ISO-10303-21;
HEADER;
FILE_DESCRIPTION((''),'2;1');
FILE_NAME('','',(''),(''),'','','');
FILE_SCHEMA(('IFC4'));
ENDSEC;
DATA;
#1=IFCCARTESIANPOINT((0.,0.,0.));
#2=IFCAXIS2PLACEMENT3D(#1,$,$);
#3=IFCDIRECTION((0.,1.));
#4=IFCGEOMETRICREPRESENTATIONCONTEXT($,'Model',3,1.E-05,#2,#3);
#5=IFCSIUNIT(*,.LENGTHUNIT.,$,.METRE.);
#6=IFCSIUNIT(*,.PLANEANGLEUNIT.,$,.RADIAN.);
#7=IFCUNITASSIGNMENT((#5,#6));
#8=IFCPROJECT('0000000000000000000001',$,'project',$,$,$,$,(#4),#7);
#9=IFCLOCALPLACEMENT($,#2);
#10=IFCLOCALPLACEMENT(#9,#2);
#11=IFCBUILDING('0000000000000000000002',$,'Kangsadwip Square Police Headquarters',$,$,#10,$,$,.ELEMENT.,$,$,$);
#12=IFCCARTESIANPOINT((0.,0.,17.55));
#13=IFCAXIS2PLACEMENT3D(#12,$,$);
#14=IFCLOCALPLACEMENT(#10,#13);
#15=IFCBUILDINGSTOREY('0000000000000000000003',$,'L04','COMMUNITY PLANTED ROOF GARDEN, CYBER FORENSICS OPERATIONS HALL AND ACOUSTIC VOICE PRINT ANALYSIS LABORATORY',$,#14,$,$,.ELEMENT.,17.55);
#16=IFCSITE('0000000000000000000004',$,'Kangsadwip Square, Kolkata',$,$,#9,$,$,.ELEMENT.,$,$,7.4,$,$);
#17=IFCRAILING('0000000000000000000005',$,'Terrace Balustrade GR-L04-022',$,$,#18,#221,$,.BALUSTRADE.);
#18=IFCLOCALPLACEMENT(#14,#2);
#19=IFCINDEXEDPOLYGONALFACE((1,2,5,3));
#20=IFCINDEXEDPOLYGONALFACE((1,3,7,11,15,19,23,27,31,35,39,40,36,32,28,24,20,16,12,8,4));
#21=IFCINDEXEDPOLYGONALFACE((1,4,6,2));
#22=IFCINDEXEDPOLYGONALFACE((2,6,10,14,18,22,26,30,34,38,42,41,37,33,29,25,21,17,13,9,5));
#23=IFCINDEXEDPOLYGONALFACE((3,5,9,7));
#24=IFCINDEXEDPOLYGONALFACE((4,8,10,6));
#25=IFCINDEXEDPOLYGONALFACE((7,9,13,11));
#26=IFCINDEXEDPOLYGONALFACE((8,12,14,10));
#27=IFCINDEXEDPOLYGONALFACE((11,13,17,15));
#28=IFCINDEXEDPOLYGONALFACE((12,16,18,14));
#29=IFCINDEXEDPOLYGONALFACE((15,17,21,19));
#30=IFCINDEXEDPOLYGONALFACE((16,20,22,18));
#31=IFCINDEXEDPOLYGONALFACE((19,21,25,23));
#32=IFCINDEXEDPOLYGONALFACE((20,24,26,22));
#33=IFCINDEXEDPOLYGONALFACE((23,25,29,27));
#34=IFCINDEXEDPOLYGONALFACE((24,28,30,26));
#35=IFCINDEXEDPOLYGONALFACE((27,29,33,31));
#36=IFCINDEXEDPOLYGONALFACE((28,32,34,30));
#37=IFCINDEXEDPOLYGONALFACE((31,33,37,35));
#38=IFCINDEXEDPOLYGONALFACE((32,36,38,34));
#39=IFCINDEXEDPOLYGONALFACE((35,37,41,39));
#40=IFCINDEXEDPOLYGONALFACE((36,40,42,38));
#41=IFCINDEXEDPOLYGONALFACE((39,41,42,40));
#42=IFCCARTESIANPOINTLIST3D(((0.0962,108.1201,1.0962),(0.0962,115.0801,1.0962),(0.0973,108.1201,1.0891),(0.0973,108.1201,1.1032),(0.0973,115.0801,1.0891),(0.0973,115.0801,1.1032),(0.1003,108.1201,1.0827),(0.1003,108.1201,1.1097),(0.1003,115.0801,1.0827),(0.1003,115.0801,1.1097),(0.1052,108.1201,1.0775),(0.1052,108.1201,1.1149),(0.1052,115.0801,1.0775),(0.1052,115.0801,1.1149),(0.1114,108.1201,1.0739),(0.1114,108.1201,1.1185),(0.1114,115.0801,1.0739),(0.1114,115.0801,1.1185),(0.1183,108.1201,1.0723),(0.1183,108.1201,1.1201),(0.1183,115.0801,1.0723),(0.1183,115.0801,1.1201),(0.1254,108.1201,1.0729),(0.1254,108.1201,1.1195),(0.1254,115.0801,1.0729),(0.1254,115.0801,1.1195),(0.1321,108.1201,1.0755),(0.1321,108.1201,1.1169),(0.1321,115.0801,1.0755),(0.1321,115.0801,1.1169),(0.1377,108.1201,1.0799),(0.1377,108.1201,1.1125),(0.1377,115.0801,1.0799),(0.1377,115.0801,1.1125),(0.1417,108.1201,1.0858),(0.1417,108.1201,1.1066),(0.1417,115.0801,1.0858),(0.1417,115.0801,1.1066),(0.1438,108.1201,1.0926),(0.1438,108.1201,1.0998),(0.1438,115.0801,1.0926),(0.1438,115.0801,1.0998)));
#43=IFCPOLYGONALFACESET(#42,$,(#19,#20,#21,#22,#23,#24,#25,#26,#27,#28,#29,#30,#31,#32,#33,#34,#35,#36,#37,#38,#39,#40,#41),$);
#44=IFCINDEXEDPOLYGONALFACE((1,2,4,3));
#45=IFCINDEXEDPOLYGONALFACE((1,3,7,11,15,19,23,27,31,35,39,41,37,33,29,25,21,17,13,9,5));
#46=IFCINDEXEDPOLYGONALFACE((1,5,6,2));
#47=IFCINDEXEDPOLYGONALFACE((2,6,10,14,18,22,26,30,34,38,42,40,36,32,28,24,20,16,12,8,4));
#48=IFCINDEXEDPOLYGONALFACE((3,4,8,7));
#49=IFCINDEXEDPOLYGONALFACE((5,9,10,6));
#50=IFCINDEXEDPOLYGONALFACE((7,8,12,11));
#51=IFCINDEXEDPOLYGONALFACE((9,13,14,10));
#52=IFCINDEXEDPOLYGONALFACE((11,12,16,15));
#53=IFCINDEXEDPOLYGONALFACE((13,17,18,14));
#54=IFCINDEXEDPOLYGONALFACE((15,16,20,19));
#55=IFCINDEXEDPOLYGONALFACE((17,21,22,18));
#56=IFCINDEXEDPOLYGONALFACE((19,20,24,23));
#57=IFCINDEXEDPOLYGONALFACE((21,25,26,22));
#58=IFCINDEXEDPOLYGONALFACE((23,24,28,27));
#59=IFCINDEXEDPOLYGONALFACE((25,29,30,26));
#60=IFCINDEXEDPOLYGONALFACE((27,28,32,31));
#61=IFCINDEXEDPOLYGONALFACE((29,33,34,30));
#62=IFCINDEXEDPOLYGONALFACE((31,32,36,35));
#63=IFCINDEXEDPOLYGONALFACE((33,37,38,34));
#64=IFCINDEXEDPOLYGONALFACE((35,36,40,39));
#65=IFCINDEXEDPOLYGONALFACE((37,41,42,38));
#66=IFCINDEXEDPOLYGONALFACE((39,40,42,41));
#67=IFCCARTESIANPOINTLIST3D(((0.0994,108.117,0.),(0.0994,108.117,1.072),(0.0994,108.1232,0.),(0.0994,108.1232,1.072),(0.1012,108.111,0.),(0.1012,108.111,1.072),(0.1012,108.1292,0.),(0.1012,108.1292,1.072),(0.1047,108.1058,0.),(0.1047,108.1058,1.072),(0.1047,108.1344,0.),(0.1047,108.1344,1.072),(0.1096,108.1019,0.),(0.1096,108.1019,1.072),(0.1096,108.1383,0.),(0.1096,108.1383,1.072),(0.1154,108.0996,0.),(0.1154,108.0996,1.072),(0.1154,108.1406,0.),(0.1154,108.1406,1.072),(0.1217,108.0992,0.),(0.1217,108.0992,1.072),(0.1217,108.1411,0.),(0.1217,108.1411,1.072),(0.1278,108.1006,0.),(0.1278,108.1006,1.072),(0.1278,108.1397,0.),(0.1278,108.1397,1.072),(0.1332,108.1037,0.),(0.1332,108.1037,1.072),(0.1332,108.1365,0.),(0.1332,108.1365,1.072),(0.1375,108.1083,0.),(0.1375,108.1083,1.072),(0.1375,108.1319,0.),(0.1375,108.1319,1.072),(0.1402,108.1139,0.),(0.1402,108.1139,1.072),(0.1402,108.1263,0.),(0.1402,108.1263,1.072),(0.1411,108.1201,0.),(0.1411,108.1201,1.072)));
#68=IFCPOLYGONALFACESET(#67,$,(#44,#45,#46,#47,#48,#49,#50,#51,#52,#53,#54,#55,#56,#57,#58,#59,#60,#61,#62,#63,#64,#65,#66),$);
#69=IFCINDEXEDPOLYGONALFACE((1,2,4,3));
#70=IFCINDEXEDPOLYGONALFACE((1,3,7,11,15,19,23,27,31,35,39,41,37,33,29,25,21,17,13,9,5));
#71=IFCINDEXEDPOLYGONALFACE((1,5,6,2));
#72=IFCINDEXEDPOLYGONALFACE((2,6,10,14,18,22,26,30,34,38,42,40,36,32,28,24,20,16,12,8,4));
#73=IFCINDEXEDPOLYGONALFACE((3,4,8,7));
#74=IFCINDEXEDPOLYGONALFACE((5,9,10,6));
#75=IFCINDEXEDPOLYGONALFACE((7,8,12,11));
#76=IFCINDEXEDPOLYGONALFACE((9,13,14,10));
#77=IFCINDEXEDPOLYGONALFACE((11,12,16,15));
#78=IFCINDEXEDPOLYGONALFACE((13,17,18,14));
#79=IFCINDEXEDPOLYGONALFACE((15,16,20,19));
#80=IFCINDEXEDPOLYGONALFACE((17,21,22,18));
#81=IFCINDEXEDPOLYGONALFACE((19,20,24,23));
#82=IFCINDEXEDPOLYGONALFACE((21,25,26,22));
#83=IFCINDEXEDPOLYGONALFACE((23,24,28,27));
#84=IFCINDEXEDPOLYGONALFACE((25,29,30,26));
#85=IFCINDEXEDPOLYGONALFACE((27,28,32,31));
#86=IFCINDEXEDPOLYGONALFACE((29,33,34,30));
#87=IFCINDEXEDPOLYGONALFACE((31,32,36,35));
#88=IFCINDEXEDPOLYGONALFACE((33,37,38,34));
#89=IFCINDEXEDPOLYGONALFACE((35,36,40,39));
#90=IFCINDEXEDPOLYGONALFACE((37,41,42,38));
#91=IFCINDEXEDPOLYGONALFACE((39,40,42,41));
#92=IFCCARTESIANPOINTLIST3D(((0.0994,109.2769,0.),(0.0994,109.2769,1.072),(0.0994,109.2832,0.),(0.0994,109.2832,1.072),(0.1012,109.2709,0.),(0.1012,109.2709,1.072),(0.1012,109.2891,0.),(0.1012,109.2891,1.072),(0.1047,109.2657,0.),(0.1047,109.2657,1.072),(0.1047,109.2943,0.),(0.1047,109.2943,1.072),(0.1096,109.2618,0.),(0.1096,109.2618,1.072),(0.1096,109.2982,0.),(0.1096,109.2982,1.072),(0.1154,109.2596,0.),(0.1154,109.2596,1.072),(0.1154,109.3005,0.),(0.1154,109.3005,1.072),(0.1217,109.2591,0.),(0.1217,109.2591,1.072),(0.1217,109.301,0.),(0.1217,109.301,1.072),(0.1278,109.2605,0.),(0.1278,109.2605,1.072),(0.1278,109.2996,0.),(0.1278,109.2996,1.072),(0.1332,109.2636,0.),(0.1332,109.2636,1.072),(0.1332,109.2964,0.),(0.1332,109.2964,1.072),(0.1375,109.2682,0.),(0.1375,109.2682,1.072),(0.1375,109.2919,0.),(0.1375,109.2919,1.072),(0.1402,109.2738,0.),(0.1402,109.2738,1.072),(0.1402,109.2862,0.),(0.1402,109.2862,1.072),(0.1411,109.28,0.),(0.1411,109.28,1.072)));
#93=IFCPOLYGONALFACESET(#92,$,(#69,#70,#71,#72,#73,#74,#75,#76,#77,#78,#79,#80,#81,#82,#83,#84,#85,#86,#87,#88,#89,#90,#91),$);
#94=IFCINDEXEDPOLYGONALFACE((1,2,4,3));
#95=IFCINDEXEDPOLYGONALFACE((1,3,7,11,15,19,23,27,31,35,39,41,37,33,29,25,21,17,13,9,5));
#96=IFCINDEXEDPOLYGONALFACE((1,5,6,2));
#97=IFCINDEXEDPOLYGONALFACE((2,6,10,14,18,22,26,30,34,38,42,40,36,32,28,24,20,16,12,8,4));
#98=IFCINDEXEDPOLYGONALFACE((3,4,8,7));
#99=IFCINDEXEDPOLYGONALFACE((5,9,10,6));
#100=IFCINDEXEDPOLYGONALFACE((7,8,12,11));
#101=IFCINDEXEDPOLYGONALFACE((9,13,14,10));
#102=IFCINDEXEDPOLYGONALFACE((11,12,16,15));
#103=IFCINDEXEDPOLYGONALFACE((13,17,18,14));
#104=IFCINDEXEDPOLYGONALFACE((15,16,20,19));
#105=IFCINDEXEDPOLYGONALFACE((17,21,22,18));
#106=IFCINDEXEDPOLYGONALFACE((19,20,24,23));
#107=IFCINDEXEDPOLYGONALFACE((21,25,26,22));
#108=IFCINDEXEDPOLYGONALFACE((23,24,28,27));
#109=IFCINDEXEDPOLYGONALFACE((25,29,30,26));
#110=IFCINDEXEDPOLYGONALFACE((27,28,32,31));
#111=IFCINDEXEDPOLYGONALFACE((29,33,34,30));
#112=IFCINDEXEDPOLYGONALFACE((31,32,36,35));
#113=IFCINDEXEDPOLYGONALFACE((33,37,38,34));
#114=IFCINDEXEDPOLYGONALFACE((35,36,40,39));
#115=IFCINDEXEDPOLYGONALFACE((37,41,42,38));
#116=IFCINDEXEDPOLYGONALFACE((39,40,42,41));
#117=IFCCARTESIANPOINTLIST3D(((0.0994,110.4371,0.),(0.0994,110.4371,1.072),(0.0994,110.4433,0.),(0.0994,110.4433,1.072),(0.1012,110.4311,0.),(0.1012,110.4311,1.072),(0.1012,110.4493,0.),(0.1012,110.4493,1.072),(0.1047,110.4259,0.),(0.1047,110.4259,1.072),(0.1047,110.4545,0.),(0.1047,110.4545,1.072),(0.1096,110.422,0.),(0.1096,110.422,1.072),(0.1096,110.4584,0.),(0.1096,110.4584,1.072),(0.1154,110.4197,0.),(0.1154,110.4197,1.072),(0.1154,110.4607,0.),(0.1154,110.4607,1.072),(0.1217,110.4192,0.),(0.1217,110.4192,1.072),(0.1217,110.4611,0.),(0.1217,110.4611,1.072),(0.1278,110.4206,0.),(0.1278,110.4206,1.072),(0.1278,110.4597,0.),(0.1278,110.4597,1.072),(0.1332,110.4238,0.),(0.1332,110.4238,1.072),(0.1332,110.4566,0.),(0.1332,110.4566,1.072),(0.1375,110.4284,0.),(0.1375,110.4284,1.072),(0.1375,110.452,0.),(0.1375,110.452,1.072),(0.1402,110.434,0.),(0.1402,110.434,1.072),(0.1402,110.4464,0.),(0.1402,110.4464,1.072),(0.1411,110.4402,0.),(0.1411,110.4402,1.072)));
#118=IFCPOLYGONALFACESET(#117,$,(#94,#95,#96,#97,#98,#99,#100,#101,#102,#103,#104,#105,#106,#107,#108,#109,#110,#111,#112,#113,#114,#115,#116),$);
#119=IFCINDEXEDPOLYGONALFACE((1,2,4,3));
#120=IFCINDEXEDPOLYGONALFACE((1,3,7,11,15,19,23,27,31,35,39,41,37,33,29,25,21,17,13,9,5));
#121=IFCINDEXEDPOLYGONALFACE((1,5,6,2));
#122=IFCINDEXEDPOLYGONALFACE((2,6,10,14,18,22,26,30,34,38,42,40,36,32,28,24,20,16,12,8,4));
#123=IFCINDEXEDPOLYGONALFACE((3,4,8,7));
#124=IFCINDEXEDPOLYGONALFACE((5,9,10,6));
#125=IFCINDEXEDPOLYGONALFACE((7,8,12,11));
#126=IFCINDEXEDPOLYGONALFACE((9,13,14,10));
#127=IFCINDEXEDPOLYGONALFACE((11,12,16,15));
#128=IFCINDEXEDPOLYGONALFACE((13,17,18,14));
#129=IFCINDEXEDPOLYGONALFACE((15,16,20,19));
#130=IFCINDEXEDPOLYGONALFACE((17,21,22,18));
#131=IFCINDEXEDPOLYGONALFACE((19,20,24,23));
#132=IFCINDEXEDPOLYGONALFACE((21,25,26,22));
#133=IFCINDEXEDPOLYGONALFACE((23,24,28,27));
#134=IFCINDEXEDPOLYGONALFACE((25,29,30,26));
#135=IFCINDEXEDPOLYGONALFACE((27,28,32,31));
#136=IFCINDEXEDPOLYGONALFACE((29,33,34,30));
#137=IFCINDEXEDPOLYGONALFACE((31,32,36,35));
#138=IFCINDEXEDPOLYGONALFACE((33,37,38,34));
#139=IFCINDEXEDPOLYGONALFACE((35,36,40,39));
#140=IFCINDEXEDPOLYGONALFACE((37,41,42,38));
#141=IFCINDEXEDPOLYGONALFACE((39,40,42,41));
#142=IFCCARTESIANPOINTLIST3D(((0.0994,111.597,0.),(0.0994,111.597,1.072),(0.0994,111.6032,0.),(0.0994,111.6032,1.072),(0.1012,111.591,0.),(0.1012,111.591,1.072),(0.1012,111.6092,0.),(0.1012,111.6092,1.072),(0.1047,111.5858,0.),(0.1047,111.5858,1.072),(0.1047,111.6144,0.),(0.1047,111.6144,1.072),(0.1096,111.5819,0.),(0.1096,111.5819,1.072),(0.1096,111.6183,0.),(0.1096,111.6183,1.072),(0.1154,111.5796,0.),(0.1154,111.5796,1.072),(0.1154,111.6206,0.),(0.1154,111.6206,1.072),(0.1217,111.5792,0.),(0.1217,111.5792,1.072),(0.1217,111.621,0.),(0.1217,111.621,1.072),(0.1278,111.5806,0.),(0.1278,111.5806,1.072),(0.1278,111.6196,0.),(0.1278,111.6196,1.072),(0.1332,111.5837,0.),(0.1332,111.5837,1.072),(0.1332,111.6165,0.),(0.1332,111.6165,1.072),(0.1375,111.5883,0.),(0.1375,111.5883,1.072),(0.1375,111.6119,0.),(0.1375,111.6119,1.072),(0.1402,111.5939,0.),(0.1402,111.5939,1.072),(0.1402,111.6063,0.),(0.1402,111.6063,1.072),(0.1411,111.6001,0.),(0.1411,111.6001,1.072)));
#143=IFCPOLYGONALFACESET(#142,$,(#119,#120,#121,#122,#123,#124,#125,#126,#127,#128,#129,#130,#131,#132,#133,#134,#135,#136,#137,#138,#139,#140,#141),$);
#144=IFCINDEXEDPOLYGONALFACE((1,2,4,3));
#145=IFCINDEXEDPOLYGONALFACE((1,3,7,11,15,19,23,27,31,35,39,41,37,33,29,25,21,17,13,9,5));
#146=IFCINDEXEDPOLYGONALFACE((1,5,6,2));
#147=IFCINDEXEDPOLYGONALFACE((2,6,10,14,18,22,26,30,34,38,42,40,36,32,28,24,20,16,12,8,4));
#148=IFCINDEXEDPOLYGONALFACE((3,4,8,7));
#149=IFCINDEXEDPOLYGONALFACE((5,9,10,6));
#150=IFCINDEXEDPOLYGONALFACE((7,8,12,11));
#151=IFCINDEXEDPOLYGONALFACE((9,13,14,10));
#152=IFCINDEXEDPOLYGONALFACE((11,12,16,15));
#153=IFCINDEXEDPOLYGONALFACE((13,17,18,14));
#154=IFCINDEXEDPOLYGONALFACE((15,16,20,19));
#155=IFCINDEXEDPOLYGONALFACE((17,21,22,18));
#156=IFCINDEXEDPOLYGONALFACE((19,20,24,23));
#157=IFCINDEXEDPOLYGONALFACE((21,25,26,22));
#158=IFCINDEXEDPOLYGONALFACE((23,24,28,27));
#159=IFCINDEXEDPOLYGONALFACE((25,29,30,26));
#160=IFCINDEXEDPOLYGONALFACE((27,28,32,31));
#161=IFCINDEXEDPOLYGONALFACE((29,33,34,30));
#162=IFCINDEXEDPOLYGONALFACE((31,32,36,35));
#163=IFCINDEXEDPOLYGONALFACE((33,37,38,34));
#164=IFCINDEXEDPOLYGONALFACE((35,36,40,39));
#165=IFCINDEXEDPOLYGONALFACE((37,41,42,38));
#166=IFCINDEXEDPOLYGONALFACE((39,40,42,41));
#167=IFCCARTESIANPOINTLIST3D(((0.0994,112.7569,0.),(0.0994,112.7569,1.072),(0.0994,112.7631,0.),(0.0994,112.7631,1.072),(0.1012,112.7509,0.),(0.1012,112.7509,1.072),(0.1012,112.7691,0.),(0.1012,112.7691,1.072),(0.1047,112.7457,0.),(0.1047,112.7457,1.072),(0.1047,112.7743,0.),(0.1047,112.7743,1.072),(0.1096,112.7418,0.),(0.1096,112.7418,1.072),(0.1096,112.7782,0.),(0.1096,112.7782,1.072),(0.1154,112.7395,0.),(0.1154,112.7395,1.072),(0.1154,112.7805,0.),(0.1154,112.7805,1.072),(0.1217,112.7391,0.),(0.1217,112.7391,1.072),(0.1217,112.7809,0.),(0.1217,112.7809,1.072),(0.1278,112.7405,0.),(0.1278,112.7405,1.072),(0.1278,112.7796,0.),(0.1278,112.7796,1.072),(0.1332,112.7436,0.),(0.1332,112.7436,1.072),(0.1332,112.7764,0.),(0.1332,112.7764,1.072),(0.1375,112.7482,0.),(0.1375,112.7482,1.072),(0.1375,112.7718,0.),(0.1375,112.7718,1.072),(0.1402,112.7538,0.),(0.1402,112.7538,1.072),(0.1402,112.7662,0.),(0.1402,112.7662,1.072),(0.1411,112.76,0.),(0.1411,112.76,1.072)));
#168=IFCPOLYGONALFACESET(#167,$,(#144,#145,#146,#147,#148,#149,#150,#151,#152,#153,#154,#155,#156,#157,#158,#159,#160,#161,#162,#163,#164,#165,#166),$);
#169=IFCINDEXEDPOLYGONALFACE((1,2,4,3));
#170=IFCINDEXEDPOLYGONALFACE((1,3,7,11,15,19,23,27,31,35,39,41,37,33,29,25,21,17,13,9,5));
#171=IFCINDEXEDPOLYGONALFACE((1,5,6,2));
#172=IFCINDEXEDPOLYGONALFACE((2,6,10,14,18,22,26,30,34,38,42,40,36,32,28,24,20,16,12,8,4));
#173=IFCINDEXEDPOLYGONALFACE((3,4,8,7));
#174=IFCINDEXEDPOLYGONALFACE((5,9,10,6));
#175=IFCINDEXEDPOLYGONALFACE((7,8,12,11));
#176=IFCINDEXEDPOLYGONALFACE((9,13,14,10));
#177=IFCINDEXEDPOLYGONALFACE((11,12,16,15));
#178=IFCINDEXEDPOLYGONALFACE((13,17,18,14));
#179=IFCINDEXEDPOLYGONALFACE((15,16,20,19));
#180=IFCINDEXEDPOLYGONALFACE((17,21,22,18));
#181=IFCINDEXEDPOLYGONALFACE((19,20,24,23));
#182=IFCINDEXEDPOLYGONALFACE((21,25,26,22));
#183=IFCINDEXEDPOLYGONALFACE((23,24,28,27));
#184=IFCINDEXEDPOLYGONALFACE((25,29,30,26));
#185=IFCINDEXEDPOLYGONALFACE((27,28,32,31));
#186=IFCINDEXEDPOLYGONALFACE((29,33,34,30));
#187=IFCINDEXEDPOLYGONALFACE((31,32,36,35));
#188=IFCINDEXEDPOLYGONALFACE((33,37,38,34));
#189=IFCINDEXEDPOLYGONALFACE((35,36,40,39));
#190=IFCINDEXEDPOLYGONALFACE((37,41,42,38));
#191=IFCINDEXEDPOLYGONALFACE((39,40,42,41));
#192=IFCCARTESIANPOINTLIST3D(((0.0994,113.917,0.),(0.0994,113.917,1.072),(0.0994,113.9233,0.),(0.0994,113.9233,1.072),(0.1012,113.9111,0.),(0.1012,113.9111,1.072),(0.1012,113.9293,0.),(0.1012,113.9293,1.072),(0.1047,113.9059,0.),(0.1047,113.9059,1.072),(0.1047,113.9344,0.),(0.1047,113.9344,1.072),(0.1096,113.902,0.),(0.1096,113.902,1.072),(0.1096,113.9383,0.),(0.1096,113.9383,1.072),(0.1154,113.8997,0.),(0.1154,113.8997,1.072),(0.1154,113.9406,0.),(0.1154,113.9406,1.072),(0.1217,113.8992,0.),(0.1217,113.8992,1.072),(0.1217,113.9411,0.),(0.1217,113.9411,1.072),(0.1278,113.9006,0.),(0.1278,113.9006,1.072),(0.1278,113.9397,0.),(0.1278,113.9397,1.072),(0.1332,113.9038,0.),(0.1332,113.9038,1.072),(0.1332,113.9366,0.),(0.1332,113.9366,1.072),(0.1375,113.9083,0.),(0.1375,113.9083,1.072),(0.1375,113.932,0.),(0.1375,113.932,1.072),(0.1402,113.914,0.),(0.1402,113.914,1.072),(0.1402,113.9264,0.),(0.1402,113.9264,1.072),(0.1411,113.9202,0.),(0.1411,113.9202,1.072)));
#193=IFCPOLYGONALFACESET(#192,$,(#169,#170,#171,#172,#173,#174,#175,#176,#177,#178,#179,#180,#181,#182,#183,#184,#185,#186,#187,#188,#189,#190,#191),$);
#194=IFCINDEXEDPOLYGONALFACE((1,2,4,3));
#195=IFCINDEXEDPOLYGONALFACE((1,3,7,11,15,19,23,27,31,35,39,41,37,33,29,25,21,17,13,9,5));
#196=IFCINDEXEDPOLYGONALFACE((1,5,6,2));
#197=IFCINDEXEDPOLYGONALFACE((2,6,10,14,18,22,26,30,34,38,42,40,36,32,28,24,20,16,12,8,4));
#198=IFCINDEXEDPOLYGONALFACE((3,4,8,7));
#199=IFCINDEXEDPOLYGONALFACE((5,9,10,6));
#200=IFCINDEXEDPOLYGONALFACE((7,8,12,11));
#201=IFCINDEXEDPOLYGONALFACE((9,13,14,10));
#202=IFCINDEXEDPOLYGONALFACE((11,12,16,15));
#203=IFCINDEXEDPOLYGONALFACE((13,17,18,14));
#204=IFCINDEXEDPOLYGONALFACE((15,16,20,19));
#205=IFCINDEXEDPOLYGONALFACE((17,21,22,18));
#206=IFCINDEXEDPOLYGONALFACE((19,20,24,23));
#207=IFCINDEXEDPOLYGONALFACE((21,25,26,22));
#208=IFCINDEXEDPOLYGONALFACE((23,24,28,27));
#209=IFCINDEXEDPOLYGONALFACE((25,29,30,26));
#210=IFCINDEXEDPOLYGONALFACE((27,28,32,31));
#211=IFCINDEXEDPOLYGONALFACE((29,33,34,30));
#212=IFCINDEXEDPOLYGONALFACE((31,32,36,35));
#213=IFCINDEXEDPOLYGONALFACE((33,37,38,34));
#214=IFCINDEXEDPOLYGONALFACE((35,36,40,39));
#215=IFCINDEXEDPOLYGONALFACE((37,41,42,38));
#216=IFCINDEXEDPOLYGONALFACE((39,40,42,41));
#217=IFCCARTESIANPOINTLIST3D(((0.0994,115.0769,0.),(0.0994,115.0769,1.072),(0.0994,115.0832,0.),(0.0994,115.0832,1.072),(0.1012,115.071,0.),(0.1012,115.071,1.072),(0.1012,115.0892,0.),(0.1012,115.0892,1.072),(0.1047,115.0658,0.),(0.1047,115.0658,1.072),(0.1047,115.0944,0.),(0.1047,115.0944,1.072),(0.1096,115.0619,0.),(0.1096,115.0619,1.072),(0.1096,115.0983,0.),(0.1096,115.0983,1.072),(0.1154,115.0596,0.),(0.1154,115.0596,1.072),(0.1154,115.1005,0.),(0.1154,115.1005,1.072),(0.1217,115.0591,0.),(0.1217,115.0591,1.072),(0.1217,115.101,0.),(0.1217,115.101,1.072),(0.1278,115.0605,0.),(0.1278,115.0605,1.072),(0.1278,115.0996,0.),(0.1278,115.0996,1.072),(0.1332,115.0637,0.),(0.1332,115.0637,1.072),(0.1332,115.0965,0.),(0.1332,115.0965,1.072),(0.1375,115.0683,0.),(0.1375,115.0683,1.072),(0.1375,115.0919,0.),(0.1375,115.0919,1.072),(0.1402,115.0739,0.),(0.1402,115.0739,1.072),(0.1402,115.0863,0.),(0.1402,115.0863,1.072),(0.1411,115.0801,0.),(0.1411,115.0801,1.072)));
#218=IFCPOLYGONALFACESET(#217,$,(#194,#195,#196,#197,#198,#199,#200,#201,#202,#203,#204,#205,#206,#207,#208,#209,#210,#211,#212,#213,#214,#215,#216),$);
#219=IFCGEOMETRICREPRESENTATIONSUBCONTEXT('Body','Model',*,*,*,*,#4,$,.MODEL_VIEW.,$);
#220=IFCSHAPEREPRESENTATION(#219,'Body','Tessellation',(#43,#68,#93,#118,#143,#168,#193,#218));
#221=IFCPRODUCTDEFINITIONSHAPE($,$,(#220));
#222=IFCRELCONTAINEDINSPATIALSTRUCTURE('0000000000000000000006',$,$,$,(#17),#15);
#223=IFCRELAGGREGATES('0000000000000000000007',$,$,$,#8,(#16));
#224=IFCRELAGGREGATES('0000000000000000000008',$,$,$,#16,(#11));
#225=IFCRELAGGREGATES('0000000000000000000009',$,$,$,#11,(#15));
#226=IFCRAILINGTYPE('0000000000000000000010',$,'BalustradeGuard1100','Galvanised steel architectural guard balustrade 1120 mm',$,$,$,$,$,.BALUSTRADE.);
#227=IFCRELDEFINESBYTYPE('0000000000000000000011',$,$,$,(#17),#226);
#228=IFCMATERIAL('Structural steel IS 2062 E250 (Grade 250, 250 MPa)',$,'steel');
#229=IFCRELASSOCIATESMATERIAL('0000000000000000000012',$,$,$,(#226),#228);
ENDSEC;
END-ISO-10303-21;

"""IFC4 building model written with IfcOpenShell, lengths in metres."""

from ifc_helpers import new_model, si_unit, direction, frame, origin, origin_2d, place, context, subcontext, project, spatial, circle, extrude, material, type_object, element, save


model = new_model("IFC4")

# Units and contexts
model_context = context("Model", 3, precision=1e-05, world=origin(), true_north=direction((0.0, 1.0)))
body_context = subcontext(model_context, "Body", "Model", "MODEL_VIEW")
ifc_project = project(units=[si_unit("LENGTHUNIT", "METRE"), si_unit("PLANEANGLEUNIT", "RADIAN")], contexts=[model_context])

# Site, building, storey
site_placement = place(None, origin())
site = spatial("IfcSite", under=ifc_project, at=site_placement, Name="Kangsadwip Square, Kolkata", CompositionType="ELEMENT", RefElevation=7.4)
building_placement = place(site_placement, origin())
building = spatial("IfcBuilding", under=site, at=building_placement, Name="Kangsadwip Square Police Headquarters", CompositionType="ELEMENT")
storey_placement = place(building_placement, frame((0.0, 0.0, 17.55)))
storey = spatial("IfcBuildingStorey", under=building, at=storey_placement, Name="L04", Description="COMMUNITY PLANTED ROOF GARDEN, CYBER FORENSICS OPERATIONS HALL AND ACOUSTIC VOICE PRINT ANALYSIS LABORATORY", CompositionType="ELEMENT", Elevation=17.55)

# Railing
ifc_material_1 = material(Name="Structural steel IS 2062 E250 (Grade 250, 250 MPa)", Category="steel")
railing_type = type_object("IfcRailingType", Name="BalustradeGuard1100", Description="Galvanised steel architectural guard balustrade 1120 mm", PredefinedType="BALUSTRADE", material=ifc_material_1)
for number, where, name in (
    (1, (0.1201, 108.1201, 0.0), "Terrace Balustrade GR-L04-022"),
):
    element("IfcRailing", number, at=place(storey_placement, frame(where)), inside=storey, type_object=railing_type, Name=name, PredefinedType="BALUSTRADE", context=body_context, shape_type="SweptSolid", body=[
        extrude(circle(Radius=0.0239, at=origin_2d()), frame((0.0, 0.0, 1.0962), z_axis=(0.0, 1.0, 0.0), x_axis=(-1.0, 0.0, 0.0)), (0.0, 0.0, 1.0), 6.96),
        extrude(circle(Radius=0.021, at=origin_2d()), origin(), (0.0, 0.0, 1.0), 1.072),
        extrude(circle(Radius=0.021, at=origin_2d()), frame((0.0, 1.1599, 0.0)), (0.0, 0.0, 1.0), 1.072),
        extrude(circle(Radius=0.021, at=origin_2d()), frame((0.0, 2.3201, 0.0)), (0.0, 0.0, 1.0), 1.072),
        extrude(circle(Radius=0.021, at=origin_2d()), frame((0.0, 3.48, 0.0)), (0.0, 0.0, 1.0), 1.072),
        extrude(circle(Radius=0.021, at=origin_2d()), frame((0.0, 4.6399, 0.0)), (0.0, 0.0, 1.0), 1.072),
        extrude(circle(Radius=0.021, at=origin_2d()), frame((0.0, 5.8, 0.0)), (0.0, 0.0, 1.0), 1.072),
        extrude(circle(Radius=0.021, at=origin_2d()), frame((0.0, 6.96, 0.0)), (0.0, 0.0, 1.0), 1.072),
    ])

save(model, "model.ifc")
